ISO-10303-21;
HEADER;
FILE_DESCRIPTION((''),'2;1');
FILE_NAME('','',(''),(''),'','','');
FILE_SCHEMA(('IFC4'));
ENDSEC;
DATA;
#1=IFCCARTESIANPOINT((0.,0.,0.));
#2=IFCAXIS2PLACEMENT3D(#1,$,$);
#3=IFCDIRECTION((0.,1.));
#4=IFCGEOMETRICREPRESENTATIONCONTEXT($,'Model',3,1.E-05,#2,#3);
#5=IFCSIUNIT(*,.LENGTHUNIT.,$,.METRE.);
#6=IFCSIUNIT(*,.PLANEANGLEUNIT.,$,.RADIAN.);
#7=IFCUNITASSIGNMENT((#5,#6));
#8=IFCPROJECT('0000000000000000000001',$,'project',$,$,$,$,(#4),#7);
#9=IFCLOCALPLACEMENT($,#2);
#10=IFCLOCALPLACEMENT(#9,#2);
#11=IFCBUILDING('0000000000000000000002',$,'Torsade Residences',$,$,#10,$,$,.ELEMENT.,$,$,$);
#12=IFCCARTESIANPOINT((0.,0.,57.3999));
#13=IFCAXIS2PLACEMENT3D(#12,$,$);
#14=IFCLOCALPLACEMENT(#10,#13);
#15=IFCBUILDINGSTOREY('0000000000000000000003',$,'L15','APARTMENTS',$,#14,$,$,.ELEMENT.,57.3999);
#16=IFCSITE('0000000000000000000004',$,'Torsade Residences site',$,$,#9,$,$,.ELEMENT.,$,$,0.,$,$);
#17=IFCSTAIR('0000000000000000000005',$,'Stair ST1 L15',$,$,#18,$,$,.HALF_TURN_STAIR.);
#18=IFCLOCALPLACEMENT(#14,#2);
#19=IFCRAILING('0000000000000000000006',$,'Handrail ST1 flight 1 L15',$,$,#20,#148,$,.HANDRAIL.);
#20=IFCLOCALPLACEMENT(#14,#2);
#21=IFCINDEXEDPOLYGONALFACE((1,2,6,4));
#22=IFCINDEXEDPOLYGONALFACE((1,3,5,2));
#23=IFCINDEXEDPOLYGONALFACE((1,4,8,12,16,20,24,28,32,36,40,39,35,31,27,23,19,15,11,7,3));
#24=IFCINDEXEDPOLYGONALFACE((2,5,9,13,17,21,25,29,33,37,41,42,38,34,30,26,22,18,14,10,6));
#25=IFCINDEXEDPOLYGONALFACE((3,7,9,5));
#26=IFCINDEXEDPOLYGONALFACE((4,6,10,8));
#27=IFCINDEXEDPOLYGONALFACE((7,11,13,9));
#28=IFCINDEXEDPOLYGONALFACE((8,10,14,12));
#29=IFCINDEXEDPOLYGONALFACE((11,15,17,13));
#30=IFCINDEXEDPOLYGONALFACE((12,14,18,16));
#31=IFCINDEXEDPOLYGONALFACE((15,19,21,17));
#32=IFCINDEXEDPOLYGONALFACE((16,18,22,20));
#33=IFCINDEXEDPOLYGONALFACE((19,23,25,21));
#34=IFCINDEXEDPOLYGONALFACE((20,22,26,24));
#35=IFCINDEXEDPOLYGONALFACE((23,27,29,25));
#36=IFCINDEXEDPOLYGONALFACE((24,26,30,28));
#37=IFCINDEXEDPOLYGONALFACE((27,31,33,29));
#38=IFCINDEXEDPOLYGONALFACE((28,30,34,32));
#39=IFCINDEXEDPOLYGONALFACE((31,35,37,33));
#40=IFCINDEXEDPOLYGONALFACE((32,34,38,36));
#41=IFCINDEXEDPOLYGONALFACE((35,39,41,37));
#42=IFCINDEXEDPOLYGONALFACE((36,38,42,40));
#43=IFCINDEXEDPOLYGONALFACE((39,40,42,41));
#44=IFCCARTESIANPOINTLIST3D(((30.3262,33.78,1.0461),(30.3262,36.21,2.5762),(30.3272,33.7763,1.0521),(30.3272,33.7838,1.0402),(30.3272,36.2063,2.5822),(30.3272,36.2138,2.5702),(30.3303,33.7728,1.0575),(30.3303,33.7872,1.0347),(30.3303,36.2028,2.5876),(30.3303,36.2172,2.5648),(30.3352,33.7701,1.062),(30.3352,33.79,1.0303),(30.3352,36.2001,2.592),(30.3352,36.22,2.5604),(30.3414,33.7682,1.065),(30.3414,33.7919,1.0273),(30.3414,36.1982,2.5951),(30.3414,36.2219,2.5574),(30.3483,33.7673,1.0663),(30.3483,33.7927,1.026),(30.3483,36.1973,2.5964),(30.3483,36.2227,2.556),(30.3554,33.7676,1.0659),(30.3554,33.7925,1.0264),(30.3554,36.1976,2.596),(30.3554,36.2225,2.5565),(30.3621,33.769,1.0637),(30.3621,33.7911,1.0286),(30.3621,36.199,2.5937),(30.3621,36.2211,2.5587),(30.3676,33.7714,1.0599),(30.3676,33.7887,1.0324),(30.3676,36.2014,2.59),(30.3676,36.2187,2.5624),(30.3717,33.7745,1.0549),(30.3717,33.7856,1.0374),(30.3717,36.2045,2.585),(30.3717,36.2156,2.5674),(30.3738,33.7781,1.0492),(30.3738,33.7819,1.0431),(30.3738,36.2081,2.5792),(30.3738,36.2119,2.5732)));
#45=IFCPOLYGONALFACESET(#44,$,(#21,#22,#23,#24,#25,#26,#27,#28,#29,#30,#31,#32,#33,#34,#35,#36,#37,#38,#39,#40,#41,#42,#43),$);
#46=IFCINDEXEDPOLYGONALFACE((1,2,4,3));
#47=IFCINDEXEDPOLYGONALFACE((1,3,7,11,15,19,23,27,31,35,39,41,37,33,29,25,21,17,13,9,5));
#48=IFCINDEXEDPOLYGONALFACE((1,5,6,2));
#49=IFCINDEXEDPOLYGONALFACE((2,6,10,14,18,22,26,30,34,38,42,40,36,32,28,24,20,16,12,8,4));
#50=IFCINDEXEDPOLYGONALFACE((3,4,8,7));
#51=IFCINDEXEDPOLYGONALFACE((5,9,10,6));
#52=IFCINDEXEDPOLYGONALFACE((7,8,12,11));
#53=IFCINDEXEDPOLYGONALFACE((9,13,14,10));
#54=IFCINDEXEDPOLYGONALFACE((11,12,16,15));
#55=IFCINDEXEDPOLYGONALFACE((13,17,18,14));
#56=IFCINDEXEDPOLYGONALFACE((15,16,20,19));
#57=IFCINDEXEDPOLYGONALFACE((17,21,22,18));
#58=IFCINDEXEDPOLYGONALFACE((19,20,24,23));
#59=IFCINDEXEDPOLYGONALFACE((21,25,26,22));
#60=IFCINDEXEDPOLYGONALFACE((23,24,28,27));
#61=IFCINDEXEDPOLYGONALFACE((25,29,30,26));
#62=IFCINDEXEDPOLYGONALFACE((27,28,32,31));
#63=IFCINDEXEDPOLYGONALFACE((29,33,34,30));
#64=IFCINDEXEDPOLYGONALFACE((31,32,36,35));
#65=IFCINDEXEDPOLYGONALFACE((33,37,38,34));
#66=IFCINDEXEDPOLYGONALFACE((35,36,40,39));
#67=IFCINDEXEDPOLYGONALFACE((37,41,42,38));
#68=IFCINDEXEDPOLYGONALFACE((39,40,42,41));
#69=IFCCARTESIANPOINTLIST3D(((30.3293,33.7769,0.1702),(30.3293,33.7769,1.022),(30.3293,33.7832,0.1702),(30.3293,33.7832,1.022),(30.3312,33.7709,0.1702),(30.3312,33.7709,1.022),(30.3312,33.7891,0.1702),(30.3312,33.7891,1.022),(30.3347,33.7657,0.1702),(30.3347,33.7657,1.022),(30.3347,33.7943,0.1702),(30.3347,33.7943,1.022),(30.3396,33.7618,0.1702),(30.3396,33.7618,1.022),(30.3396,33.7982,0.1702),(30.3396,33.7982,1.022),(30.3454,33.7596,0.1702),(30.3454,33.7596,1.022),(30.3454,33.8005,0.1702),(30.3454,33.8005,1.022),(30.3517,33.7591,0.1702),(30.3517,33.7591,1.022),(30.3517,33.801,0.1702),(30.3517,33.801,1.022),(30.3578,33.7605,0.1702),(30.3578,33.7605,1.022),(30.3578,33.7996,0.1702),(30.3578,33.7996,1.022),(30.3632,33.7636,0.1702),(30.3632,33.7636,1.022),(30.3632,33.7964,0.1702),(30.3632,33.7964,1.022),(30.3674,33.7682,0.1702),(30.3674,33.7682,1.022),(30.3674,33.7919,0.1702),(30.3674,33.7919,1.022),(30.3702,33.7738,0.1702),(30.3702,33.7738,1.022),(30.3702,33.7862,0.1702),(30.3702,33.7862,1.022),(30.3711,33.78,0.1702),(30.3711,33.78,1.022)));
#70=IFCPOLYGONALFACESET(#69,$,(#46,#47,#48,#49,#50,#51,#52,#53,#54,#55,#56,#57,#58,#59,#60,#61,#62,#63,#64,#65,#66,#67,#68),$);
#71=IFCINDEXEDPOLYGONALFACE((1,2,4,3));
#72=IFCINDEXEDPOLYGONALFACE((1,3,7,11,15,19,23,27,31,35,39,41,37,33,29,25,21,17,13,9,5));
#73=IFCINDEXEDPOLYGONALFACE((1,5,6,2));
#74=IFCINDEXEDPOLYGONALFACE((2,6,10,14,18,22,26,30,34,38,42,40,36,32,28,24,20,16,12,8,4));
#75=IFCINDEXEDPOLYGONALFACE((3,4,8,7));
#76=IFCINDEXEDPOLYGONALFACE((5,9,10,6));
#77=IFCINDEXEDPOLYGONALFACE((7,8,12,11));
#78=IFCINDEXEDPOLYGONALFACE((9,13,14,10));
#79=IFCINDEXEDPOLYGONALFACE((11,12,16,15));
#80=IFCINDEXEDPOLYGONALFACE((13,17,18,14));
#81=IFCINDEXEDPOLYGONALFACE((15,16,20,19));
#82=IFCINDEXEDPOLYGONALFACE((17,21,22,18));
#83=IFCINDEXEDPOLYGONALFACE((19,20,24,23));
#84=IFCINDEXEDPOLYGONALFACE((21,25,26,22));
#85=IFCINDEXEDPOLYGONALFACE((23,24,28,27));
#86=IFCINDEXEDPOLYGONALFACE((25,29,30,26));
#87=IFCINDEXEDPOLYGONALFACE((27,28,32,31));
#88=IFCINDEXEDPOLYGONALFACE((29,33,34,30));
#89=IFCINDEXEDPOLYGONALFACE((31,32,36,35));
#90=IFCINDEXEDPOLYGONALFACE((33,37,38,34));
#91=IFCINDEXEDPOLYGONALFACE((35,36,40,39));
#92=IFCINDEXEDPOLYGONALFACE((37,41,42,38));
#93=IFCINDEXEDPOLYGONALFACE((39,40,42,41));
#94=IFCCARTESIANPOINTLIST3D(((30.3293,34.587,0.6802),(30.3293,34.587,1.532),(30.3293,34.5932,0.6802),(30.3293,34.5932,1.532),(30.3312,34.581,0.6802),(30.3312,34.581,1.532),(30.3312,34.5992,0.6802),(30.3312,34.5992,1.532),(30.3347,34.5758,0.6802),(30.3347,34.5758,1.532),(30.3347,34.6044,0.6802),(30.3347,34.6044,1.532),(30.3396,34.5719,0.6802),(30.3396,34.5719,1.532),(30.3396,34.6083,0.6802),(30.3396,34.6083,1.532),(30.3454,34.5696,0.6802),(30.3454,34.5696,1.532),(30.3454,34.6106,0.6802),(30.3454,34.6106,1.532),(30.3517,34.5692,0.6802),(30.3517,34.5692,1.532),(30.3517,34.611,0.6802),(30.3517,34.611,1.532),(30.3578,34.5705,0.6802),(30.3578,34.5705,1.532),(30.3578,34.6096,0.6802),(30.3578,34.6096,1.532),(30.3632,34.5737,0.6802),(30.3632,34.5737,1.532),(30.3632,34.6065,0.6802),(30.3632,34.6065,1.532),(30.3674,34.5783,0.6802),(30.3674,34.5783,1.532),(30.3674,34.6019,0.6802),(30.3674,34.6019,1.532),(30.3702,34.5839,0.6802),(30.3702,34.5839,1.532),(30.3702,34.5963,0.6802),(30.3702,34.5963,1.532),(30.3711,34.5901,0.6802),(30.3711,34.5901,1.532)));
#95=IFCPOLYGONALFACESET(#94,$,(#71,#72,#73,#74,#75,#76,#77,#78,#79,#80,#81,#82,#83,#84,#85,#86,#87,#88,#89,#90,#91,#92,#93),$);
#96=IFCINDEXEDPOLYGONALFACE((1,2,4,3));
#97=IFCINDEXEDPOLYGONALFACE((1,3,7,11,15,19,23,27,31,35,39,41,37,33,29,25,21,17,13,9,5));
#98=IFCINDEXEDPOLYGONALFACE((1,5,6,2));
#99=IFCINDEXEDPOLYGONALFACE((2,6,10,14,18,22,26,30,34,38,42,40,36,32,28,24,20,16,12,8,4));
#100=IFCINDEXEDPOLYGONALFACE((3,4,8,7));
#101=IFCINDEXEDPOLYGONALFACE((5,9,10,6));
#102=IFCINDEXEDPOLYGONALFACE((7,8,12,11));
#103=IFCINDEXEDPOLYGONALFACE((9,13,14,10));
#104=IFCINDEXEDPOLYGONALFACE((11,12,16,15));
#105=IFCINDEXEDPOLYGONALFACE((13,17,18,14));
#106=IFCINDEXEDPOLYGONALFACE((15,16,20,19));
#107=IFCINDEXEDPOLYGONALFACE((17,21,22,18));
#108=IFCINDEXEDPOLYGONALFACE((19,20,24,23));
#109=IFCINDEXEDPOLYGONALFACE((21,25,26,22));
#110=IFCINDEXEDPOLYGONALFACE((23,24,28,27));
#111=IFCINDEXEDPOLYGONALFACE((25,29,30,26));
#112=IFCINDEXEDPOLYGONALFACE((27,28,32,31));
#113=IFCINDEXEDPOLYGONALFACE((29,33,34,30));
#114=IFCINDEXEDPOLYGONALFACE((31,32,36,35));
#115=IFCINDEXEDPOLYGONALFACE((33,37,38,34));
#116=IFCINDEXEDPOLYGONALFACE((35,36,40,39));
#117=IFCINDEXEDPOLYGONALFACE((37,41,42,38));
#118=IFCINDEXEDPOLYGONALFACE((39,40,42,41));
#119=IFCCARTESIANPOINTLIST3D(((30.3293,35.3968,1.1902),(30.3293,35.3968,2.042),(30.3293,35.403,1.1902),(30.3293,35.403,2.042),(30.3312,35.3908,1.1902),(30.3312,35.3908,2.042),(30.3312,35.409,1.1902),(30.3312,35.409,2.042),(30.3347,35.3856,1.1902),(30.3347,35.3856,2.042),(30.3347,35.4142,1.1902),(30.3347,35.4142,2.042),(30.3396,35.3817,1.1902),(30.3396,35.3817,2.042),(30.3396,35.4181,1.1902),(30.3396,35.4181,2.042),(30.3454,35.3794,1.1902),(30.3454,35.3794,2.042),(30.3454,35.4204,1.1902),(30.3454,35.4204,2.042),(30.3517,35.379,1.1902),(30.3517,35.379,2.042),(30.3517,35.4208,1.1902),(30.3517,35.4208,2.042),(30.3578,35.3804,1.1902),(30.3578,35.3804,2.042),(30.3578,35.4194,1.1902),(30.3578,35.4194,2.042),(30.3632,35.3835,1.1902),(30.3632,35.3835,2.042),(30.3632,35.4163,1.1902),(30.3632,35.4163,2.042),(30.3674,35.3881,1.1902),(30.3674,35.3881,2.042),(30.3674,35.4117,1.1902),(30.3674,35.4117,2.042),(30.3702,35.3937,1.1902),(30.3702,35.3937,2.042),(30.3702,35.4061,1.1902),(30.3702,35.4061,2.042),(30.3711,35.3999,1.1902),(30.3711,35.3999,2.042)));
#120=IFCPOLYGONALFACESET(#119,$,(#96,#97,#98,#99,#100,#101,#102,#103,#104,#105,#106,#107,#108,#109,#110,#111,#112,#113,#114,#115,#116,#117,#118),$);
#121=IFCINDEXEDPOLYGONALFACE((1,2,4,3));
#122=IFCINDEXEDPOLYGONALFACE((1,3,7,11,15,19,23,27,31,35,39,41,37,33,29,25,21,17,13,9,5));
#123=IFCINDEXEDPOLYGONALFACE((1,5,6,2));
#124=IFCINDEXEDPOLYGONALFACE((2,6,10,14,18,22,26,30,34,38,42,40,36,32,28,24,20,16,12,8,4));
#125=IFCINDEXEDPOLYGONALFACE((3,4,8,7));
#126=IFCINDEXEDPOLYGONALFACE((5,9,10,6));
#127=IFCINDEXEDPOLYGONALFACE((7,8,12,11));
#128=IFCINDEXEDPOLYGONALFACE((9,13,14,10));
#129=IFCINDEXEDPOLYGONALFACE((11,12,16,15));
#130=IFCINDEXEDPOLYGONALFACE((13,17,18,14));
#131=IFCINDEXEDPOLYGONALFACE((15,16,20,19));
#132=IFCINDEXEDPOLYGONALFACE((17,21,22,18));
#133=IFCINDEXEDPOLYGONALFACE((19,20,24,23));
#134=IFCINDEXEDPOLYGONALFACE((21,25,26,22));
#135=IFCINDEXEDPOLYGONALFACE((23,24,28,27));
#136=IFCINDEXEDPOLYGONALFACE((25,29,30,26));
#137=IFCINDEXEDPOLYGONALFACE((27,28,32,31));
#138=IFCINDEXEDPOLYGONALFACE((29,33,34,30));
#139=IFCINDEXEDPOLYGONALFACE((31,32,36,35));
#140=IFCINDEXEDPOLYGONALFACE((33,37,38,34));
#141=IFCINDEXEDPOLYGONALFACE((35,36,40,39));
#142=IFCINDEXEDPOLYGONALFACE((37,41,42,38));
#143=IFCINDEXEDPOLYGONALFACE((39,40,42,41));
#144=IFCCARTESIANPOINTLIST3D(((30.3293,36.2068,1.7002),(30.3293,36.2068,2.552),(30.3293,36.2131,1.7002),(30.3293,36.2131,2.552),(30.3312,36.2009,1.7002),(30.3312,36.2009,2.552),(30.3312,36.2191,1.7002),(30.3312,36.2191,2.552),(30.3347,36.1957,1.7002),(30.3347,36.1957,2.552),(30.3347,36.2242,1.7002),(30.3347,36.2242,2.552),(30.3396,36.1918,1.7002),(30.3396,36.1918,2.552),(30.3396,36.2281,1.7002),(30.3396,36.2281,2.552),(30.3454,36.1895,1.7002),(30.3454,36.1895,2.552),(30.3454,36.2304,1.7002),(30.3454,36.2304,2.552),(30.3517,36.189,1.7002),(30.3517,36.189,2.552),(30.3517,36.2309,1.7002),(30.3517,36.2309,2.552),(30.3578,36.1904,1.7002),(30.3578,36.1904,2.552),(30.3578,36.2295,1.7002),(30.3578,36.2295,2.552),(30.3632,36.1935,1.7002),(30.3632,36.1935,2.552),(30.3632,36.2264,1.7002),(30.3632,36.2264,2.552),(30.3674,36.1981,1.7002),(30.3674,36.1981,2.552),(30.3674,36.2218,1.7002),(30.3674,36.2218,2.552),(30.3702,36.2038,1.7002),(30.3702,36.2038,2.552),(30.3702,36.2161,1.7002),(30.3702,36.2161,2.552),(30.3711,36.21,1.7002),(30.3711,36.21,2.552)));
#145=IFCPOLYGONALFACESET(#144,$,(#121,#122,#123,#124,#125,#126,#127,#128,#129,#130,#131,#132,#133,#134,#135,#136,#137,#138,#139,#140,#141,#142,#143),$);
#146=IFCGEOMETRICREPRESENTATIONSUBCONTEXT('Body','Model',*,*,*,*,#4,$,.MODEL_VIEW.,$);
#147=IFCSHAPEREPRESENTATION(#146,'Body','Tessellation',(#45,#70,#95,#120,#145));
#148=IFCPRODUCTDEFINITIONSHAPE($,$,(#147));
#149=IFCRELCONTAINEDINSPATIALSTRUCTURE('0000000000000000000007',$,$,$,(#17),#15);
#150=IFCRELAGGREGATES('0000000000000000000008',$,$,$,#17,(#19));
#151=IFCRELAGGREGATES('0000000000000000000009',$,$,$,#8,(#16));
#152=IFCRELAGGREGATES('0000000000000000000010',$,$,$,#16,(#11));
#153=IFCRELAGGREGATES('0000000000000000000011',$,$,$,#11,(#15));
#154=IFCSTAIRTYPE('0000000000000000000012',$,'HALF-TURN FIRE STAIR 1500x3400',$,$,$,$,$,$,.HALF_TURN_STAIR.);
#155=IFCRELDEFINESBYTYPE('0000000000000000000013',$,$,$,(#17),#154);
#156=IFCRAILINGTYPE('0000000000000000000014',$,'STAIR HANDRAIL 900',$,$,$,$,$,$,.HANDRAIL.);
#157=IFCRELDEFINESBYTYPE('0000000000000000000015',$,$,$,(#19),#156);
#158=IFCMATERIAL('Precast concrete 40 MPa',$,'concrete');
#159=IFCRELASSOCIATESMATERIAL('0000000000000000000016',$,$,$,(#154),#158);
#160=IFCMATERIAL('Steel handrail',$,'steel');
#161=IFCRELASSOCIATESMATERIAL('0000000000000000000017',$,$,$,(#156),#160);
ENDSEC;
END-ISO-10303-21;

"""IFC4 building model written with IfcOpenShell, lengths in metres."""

from ifc_helpers import new_model, si_unit, direction, frame, origin, origin_2d, place, context, subcontext, project, spatial, circle, extrude, material, type_object, element, aggregate, save


model = new_model("IFC4")

# Units and contexts
model_context = context("Model", 3, precision=1e-05, world=origin(), true_north=direction((0.0, 1.0)))
body_context = subcontext(model_context, "Body", "Model", "MODEL_VIEW")
ifc_project = project(units=[si_unit("LENGTHUNIT", "METRE"), si_unit("PLANEANGLEUNIT", "RADIAN")], contexts=[model_context])

# Site, building, storey
site_placement = place(None, origin())
site = spatial("IfcSite", under=ifc_project, at=site_placement, Name="Torsade Residences site", CompositionType="ELEMENT", RefElevation=0.0)
building_placement = place(site_placement, origin())
building = spatial("IfcBuilding", under=site, at=building_placement, Name="Torsade Residences", CompositionType="ELEMENT")
storey_placement = place(building_placement, frame((0.0, 0.0, 57.3999)))
storey = spatial("IfcBuildingStorey", under=building, at=storey_placement, Name="L15", Description="APARTMENTS", CompositionType="ELEMENT", Elevation=57.3999)

# Stair, railing
ifc_material_1 = material(Name="Precast concrete 40 MPa", Category="concrete")
stair_type = type_object("IfcStairType", Name="HALF-TURN FIRE STAIR 1500x3400", PredefinedType="HALF_TURN_STAIR", material=ifc_material_1)
stair_placement = place(storey_placement, origin())
stair = element("IfcStair", 1, at=stair_placement, inside=storey, type_object=stair_type, Name="Stair ST1 L15", PredefinedType="HALF_TURN_STAIR")
ifc_material_2 = material(Name="Steel handrail", Category="steel")
railing_type = type_object("IfcRailingType", Name="STAIR HANDRAIL 900", PredefinedType="HANDRAIL", material=ifc_material_2)
railing_1_placement = place(storey_placement, frame((30.3501, 33.78, 0.1702)))
railing_1 = element("IfcRailing", 2, at=railing_1_placement, type_object=railing_type, Name="Handrail ST1 flight 1 L15", PredefinedType="HANDRAIL", context=body_context, shape_type="SweptSolid", body=[
    extrude(circle(Radius=0.0239, at=origin_2d()), frame((0.0, 0.0, 0.876), z_axis=(0.0, 0.846221, 0.532831), x_axis=(-1.0, 0.0, 0.0)), (0.0, 0.0, 1.0), 2.8716),
    extrude(circle(Radius=0.021, at=origin_2d()), origin(), (0.0, 0.0, 1.0), 0.8518),
    extrude(circle(Radius=0.021, at=origin_2d()), frame((0.0, 0.8101, 0.51)), (0.0, 0.0, 1.0), 0.8518),
    extrude(circle(Radius=0.021, at=origin_2d()), frame((0.0, 1.6199, 1.02)), (0.0, 0.0, 1.0), 0.8518),
    extrude(circle(Radius=0.021, at=origin_2d()), frame((0.0, 2.4299, 1.53)), (0.0, 0.0, 1.0), 0.8518),
])
aggregate(stair, [railing_1])

save(model, "model.ifc")
